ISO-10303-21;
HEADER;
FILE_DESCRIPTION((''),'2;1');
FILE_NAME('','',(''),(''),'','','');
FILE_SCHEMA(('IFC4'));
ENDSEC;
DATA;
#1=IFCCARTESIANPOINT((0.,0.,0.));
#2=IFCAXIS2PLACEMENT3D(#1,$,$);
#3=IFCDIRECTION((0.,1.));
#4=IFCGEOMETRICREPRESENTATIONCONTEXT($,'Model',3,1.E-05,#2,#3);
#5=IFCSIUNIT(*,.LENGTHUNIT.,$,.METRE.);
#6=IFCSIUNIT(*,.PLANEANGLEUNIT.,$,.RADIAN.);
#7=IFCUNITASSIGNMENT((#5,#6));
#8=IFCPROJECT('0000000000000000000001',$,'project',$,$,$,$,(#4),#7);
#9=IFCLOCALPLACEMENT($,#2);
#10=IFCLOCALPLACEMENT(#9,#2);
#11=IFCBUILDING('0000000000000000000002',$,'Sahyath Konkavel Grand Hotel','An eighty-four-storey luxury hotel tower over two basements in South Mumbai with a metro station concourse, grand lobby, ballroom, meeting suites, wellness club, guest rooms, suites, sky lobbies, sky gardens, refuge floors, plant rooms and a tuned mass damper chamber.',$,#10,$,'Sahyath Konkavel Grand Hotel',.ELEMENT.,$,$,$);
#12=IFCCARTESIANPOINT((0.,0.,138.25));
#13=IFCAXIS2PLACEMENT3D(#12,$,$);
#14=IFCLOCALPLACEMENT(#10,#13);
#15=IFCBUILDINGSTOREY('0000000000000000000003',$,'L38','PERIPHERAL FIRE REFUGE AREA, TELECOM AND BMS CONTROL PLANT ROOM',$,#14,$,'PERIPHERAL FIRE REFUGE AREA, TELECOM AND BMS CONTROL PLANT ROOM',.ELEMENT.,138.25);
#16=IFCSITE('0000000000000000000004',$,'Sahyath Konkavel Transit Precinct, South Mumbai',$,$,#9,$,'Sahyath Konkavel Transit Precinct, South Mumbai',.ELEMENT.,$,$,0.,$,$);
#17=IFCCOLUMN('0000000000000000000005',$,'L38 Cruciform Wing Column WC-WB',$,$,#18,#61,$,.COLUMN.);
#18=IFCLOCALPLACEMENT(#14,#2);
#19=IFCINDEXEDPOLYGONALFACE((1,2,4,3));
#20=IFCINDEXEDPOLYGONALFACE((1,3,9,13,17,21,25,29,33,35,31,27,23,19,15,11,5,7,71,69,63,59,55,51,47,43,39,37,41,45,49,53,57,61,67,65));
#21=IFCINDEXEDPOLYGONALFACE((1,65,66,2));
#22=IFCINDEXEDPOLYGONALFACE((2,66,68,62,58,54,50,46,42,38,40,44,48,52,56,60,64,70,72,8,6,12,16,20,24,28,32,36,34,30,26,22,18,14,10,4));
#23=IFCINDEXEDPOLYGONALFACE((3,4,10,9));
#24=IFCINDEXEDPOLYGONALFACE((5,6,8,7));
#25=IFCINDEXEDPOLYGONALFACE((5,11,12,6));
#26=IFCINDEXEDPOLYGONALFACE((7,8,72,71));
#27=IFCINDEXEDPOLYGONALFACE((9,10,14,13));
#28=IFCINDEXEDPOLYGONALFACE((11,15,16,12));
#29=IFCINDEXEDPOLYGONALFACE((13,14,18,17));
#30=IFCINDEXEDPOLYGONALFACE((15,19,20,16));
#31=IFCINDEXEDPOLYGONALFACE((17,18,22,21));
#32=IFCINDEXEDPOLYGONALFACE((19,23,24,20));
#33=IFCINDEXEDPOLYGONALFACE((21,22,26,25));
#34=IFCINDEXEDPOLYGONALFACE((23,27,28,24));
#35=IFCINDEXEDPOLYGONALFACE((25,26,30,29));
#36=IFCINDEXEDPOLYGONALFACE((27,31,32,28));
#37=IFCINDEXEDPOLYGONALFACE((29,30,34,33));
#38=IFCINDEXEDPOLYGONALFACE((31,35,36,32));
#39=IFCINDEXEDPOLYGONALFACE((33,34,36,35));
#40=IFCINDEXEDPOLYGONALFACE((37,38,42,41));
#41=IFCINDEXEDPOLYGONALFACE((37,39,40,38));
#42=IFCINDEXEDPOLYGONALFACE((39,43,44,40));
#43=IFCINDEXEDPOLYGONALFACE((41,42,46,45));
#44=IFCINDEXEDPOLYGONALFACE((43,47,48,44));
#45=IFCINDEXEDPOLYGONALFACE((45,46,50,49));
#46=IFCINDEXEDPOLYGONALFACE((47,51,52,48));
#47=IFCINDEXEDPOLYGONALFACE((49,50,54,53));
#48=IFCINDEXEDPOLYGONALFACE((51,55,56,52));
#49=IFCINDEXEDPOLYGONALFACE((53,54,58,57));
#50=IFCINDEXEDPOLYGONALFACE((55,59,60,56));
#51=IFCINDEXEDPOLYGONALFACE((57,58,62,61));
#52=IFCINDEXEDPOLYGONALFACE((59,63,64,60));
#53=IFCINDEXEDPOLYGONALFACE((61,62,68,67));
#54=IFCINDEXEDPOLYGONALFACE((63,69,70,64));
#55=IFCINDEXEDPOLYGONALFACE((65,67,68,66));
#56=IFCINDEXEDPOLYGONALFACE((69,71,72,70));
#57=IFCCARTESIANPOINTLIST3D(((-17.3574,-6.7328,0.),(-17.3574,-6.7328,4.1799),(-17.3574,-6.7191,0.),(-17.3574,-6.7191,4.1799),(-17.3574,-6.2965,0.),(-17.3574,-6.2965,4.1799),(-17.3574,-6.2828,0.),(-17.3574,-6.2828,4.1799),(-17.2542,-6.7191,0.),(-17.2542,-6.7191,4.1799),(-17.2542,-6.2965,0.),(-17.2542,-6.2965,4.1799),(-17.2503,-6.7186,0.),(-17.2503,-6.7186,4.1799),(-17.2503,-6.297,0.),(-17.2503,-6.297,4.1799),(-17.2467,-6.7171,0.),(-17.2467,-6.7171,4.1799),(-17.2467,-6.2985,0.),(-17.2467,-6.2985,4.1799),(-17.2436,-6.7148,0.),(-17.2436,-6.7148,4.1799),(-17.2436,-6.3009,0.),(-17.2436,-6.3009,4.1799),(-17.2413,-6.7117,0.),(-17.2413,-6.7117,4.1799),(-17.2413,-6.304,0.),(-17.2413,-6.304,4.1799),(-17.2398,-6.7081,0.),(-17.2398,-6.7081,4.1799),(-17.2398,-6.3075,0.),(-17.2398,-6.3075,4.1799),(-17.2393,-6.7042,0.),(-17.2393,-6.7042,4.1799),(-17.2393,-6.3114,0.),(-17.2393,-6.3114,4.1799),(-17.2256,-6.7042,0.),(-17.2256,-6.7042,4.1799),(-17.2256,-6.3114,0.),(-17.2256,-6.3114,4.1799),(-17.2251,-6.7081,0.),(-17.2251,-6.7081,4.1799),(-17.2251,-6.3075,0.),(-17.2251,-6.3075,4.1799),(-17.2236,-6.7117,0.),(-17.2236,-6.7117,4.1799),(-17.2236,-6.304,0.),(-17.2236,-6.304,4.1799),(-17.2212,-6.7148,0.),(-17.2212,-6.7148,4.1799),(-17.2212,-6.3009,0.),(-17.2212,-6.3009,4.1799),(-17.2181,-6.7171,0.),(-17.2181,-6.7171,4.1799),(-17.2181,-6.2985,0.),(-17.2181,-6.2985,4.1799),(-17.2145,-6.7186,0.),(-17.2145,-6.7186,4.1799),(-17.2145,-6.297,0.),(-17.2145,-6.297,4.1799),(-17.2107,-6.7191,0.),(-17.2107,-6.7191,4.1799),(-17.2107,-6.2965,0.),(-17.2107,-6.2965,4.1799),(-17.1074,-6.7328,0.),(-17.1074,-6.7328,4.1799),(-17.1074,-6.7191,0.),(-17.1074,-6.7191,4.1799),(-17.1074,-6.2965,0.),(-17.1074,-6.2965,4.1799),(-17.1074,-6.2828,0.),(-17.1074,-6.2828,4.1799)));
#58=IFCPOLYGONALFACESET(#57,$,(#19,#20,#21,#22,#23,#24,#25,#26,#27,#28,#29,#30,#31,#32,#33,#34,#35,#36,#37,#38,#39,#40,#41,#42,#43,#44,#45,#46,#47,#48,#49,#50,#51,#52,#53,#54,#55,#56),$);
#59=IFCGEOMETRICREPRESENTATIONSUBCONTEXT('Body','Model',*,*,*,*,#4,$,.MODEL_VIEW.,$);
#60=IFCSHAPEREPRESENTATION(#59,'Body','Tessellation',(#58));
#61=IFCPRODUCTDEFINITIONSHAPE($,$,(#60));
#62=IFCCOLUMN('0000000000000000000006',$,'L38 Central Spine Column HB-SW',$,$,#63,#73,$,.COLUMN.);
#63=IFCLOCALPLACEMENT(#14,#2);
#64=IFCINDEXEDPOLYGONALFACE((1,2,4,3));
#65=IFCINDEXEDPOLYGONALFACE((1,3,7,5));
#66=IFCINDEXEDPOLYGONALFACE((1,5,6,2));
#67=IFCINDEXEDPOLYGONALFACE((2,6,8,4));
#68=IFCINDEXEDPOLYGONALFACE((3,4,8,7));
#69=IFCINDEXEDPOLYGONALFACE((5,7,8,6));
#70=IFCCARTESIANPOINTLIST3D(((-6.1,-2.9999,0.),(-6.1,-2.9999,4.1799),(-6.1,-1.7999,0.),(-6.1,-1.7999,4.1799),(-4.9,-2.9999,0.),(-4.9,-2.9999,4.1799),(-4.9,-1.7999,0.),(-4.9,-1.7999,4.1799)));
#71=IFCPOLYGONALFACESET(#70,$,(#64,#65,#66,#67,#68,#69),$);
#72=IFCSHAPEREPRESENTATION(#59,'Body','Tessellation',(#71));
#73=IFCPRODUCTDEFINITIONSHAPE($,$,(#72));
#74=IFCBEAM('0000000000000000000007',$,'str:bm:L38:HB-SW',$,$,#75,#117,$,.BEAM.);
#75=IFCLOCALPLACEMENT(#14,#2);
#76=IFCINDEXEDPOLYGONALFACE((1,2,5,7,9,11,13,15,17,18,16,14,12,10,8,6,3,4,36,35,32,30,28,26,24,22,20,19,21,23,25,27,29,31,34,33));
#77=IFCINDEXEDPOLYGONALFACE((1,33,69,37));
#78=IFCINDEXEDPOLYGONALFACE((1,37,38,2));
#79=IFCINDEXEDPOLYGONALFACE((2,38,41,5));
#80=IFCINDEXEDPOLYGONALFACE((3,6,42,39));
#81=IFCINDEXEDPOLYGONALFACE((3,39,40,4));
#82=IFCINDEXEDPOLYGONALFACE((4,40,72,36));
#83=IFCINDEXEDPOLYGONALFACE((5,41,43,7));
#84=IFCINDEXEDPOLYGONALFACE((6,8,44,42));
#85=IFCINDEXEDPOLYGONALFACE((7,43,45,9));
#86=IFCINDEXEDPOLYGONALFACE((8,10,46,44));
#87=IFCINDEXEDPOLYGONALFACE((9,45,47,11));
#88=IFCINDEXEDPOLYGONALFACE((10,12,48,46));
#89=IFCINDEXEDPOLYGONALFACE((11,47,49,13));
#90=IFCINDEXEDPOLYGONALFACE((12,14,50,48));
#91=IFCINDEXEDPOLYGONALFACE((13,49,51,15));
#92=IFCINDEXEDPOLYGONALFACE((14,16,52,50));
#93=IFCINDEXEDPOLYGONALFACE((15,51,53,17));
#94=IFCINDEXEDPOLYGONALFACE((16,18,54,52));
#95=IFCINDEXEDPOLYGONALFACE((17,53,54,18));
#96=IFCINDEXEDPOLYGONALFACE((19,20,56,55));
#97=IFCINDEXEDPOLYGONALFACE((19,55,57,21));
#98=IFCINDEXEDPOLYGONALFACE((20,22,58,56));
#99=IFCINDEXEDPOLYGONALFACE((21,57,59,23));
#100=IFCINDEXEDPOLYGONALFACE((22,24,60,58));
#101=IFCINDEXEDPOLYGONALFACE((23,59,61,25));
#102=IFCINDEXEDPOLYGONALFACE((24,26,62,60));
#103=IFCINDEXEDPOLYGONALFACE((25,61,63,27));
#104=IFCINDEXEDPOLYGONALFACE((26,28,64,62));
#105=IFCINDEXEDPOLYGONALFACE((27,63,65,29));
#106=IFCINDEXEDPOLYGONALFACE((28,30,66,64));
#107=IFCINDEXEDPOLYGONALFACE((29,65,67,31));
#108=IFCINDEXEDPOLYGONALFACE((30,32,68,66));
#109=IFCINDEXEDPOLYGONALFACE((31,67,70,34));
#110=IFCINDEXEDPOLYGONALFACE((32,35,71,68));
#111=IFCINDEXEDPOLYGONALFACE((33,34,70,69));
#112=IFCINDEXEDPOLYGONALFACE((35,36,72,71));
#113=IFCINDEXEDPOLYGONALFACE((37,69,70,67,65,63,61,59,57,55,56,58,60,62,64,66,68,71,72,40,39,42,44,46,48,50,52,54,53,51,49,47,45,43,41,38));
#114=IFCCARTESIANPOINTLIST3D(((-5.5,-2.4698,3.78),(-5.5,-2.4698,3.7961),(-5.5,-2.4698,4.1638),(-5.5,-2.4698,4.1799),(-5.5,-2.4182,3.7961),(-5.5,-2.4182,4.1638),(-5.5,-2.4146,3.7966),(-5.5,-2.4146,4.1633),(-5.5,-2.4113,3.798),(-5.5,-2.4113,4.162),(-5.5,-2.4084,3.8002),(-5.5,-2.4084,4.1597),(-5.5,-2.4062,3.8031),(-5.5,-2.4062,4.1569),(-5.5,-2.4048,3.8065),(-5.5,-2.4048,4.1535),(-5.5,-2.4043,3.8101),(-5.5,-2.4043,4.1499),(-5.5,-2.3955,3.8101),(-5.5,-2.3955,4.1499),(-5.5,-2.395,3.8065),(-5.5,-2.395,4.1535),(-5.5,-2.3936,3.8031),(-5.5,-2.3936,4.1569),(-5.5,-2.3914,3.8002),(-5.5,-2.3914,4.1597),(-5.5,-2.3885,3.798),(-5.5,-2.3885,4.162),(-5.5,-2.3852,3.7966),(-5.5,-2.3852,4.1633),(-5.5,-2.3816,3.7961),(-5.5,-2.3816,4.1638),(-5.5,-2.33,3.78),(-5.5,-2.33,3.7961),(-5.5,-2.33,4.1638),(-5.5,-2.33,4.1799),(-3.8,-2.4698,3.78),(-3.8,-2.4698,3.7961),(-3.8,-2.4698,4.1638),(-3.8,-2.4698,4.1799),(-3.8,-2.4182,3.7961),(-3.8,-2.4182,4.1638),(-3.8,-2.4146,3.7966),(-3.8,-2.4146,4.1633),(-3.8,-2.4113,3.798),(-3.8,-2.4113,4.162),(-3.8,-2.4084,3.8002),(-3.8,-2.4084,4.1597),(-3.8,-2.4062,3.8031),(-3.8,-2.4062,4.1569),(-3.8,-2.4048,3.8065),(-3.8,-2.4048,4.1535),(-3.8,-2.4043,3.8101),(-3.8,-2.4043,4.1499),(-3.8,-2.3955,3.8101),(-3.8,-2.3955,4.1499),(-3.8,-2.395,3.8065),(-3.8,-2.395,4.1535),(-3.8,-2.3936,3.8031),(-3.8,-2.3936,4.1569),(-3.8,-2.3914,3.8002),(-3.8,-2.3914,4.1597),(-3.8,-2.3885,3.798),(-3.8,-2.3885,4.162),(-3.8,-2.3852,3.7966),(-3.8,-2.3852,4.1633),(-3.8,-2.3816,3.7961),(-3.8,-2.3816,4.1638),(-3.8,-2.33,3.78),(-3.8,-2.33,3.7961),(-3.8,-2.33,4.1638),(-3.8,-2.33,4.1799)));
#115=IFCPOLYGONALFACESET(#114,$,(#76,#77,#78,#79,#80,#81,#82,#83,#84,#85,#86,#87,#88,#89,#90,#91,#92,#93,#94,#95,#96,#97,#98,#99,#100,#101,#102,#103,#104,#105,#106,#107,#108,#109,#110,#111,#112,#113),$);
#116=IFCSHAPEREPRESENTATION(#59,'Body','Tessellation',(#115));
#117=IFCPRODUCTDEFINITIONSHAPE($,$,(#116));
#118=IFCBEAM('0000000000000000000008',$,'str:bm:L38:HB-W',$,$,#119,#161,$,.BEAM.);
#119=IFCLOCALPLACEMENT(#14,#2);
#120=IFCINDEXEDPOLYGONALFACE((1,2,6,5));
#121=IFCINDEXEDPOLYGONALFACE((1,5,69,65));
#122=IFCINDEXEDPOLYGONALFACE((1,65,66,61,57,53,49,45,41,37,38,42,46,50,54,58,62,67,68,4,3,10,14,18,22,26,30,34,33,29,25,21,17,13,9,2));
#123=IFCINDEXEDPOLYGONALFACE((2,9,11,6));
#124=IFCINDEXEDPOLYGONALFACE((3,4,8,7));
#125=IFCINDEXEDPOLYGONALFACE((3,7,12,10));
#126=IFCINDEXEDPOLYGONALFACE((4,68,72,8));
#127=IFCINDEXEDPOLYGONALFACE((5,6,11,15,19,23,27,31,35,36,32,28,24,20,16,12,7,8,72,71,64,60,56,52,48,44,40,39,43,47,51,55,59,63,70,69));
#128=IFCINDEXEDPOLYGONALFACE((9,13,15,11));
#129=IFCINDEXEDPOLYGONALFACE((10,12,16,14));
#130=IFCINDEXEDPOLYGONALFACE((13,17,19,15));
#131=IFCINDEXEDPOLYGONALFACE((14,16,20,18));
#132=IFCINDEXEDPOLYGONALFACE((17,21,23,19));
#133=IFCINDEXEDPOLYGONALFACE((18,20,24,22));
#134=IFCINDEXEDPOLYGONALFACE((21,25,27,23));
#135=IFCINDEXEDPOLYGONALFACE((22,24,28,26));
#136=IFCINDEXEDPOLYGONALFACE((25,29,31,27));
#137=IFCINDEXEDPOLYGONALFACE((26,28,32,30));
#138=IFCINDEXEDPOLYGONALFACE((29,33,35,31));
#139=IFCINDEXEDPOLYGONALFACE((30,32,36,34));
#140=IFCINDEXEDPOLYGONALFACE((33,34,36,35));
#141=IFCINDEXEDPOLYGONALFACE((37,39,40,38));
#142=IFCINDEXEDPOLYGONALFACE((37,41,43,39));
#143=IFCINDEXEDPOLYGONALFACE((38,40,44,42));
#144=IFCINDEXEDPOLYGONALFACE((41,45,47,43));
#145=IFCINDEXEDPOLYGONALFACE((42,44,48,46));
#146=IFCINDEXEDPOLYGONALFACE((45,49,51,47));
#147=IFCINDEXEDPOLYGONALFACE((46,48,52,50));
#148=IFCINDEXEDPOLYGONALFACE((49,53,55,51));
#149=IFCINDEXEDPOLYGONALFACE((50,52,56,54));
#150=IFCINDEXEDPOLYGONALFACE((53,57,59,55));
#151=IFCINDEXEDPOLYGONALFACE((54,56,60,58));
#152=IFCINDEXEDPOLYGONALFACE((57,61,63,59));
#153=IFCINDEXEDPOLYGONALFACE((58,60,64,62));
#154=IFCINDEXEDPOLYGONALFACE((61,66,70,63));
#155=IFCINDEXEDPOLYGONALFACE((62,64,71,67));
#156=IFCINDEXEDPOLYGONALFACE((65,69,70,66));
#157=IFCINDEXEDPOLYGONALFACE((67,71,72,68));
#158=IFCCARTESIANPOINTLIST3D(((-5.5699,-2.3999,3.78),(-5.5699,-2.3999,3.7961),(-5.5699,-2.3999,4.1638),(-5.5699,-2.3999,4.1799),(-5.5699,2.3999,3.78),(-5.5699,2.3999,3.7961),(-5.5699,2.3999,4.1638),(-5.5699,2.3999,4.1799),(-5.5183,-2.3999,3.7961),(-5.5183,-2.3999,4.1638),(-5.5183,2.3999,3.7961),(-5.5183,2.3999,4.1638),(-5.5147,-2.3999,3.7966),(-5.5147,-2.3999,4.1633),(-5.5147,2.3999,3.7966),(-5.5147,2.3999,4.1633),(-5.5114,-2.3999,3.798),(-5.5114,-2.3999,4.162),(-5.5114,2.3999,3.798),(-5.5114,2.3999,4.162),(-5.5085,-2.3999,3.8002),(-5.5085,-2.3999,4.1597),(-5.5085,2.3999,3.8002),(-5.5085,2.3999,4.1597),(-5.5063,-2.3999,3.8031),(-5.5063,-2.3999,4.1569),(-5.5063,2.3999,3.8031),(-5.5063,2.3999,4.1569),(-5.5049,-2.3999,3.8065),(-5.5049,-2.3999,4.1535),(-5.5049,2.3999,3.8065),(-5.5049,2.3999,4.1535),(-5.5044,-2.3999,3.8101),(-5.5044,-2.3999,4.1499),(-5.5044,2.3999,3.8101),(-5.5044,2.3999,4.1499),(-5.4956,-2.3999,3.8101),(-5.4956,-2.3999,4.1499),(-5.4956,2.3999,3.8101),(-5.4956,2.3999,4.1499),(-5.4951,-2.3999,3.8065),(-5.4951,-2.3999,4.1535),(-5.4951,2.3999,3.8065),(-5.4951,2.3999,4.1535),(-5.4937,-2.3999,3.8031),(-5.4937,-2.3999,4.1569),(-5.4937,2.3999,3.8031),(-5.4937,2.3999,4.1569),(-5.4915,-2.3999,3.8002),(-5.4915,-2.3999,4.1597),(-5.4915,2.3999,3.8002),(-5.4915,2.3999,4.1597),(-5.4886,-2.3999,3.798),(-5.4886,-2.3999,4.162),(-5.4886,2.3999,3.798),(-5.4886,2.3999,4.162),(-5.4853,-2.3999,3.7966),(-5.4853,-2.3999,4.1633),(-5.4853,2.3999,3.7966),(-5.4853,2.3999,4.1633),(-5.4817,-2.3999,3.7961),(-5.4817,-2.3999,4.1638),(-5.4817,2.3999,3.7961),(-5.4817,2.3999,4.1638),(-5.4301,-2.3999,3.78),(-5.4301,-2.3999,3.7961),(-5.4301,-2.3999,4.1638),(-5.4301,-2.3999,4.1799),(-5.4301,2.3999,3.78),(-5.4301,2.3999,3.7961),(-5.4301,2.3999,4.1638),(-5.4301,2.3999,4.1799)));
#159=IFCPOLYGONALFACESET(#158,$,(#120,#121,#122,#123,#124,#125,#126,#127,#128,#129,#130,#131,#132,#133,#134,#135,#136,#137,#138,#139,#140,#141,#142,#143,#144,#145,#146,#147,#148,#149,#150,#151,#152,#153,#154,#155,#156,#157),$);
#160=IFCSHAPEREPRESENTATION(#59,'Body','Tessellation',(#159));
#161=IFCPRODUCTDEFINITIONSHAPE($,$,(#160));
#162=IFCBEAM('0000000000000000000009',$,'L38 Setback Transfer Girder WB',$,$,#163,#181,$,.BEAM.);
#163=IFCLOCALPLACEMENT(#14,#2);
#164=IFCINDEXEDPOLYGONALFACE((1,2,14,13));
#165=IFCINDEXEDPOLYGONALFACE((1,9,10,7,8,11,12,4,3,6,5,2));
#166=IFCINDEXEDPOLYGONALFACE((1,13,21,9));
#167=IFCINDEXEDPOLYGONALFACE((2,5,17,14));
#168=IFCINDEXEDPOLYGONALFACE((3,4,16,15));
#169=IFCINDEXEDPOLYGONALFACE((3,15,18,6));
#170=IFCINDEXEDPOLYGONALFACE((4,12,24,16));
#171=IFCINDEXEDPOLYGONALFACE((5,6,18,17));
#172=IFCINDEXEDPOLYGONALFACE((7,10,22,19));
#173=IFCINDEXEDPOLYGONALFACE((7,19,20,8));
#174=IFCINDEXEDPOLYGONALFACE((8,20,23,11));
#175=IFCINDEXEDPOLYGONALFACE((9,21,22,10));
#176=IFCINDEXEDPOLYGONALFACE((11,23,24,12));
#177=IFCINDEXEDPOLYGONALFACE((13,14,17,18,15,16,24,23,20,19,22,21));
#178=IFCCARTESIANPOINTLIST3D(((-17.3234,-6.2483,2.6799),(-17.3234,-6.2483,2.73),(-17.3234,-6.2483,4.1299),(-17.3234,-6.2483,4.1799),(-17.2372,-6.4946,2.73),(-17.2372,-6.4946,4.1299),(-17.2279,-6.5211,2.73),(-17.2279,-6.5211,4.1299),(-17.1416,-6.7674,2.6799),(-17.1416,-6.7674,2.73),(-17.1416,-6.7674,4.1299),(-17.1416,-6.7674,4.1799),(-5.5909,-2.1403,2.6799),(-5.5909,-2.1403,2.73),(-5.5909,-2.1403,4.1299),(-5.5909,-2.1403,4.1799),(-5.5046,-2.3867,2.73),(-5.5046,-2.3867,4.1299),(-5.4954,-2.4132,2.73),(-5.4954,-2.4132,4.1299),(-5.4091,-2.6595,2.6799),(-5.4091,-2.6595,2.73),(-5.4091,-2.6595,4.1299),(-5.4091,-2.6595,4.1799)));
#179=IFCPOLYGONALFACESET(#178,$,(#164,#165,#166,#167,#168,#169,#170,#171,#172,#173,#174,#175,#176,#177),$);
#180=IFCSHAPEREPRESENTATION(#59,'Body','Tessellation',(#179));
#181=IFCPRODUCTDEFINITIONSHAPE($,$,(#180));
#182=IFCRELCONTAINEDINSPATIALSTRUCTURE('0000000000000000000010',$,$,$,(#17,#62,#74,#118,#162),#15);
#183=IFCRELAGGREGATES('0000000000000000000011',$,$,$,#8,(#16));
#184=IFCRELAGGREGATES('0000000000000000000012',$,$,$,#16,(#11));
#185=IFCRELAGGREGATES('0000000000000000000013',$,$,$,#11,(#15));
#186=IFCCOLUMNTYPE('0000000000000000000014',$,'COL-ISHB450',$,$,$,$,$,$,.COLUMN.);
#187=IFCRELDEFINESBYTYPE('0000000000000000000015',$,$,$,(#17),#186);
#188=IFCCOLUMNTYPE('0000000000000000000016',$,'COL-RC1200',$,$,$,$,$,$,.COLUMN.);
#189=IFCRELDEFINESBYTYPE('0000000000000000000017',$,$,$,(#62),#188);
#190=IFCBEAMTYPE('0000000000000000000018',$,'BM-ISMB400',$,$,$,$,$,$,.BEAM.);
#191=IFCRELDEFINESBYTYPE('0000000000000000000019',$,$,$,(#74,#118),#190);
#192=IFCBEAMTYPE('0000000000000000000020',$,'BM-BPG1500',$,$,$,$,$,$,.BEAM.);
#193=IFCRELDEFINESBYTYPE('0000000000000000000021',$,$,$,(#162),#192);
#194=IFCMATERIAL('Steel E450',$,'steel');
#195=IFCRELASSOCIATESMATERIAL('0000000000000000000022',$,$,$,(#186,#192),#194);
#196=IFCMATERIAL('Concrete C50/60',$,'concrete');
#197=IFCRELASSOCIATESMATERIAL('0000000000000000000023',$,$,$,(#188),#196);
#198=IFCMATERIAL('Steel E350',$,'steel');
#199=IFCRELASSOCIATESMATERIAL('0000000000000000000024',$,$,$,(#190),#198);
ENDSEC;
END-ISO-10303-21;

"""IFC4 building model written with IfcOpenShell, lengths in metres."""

from ifc_helpers import new_model, si_unit, direction, frame, origin, origin_2d, place, context, subcontext, project, spatial, rectangle, i_section, extrude, source, transform, mapped, material, material_profile, profile_set, type_object, element, save


model = new_model("IFC4")

# Units and contexts
model_context = context("Model", 3, precision=1e-05, world=origin(), true_north=direction((0.0, 1.0)))
body_context = subcontext(model_context, "Body", "Model", "MODEL_VIEW")
ifc_project = project(units=[si_unit("LENGTHUNIT", "METRE"), si_unit("PLANEANGLEUNIT", "RADIAN")], contexts=[model_context])

# Site, building, storey
site_placement = place(None, origin())
site = spatial("IfcSite", under=ifc_project, at=site_placement, Name="Sahyath Konkavel Transit Precinct, South Mumbai", LongName="Sahyath Konkavel Transit Precinct, South Mumbai", CompositionType="ELEMENT", RefElevation=0.0)
building_placement = place(site_placement, origin())
building = spatial("IfcBuilding", under=site, at=building_placement, Name="Sahyath Konkavel Grand Hotel", Description="An eighty-four-storey luxury hotel tower over two basements in South Mumbai with a metro station concourse, grand lobby, ballroom, meeting suites, wellness club, guest rooms, suites, sky lobbies, sky gardens, refuge floors, plant rooms and a tuned mass damper chamber.", LongName="Sahyath Konkavel Grand Hotel", CompositionType="ELEMENT")
storey_placement = place(building_placement, frame((0.0, 0.0, 138.25)))
storey = spatial("IfcBuildingStorey", under=building, at=storey_placement, Name="L38", Description="PERIPHERAL FIRE REFUGE AREA, TELECOM AND BMS CONTROL PLANT ROOM", LongName="PERIPHERAL FIRE REFUGE AREA, TELECOM AND BMS CONTROL PLANT ROOM", CompositionType="ELEMENT", Elevation=138.25)

# Columns
ifc_material_1 = material(Name="Steel E450", Category="steel")
ifc_material_profile_1 = material_profile(ifc_material_1, i_section(OverallWidth=0.25, OverallDepth=0.45, WebThickness=0.0137, FlangeThickness=0.0137, FilletRadius=0.0149, at=origin_2d()), Name="ISHB 450")
ifc_profile_set_1 = profile_set([ifc_material_profile_1], Name="Steel E450")
column_type_1 = type_object("IfcColumnType", Name="COL-ISHB450", PredefinedType="COLUMN", material=ifc_profile_set_1)
shared_shape_1 = source(origin(), body_context, "Body", "SweptSolid", [
    extrude(i_section(OverallWidth=0.25, OverallDepth=0.45, WebThickness=0.0137, FlangeThickness=0.0137, FilletRadius=0.0149, at=origin_2d()), origin(), (0.0, 0.0, 1.0), 4.1799),
])
column_1_placement = place(storey_placement, frame((-17.2324, -6.5078, 0.0), z_axis=(0.0, 0.0, 1.0), x_axis=(1.0, 0.0, 0.0)))
element("IfcColumn", 1, at=column_1_placement, inside=storey, type_object=column_type_1, Name="L38 Cruciform Wing Column WC-WB", PredefinedType="COLUMN", context=body_context, shape_type="MappedRepresentation", body=[
    mapped(shared_shape_1, transform((0.0, 0.0, 0.0), scale=1.0)),
])
ifc_material_2 = material(Name="Concrete C50/60", Category="concrete")
ifc_material_profile_2 = material_profile(ifc_material_2, rectangle(XDim=1.2, YDim=1.2, at=origin_2d()), Name="RC 1200x1200")
ifc_profile_set_2 = profile_set([ifc_material_profile_2], Name="Concrete C50/60")
column_type_2 = type_object("IfcColumnType", Name="COL-RC1200", PredefinedType="COLUMN", material=ifc_profile_set_2)
shared_shape_2 = source(origin(), body_context, "Body", "SweptSolid", [
    extrude(rectangle(XDim=1.2, YDim=1.2, at=origin_2d()), origin(), (0.0, 0.0, 1.0), 4.1799),
])
column_2_placement = place(storey_placement, frame((-5.5, -2.3999, 0.0), z_axis=(0.0, 0.0, 1.0), x_axis=(1.0, 0.0, 0.0)))
element("IfcColumn", 2, at=column_2_placement, inside=storey, type_object=column_type_2, Name="L38 Central Spine Column HB-SW", PredefinedType="COLUMN", context=body_context, shape_type="MappedRepresentation", body=[
    mapped(shared_shape_2, transform((0.0, 0.0, 0.0), scale=1.0)),
])

# Beams
ifc_material_3 = material(Name="Steel E350", Category="steel")
ifc_material_profile_3 = material_profile(ifc_material_3, i_section(OverallWidth=0.1399, OverallDepth=0.3999, WebThickness=0.0088, FlangeThickness=0.0161, FilletRadius=0.0139, at=origin_2d()), Name="ISMB 400")
ifc_profile_set_3 = profile_set([ifc_material_profile_3], Name="Steel E350")
beam_type_1 = type_object("IfcBeamType", Name="BM-ISMB400", PredefinedType="BEAM", material=ifc_profile_set_3)
shared_shape_3 = source(origin(), body_context, "Body", "SweptSolid", [
    extrude(i_section(OverallWidth=0.1399, OverallDepth=0.3999, WebThickness=0.0088, FlangeThickness=0.0161, FilletRadius=0.0139, at=origin_2d()), origin(), (0.0, 0.0, 1.0), 1.7),
])
beam_1_placement = place(storey_placement, frame((-5.5, -2.3999, 3.98), z_axis=(1.0, 0.0, 0.0), x_axis=(0.0, 1.0, 0.0)))
element("IfcBeam", 3, at=beam_1_placement, inside=storey, type_object=beam_type_1, Name="str:bm:L38:HB-SW", PredefinedType="BEAM", context=body_context, shape_type="MappedRepresentation", body=[
    mapped(shared_shape_3, transform((0.0, 0.0, 0.0), scale=1.0)),
])
shared_shape_4 = source(origin(), body_context, "Body", "SweptSolid", [
    extrude(i_section(OverallWidth=0.1399, OverallDepth=0.3999, WebThickness=0.0088, FlangeThickness=0.0161, FilletRadius=0.0139, at=origin_2d()), origin(), (0.0, 0.0, 1.0), 4.7998),
])
beam_2_placement = place(storey_placement, frame((-5.5, -2.3999, 3.98), z_axis=(0.0, 1.0, 0.0), x_axis=(-1.0, 0.0, 0.0)))
element("IfcBeam", 4, at=beam_2_placement, inside=storey, type_object=beam_type_1, Name="str:bm:L38:HB-W", PredefinedType="BEAM", context=body_context, shape_type="MappedRepresentation", body=[
    mapped(shared_shape_4, transform((0.0, 0.0, 0.0), scale=1.0)),
])
ifc_material_profile_4 = material_profile(ifc_material_1, i_section(OverallWidth=0.55, OverallDepth=1.5, WebThickness=0.0281, FlangeThickness=0.05, at=origin_2d()), Name="BPG 1500x550")
ifc_profile_set_4 = profile_set([ifc_material_profile_4], Name="Steel E450")
beam_type_2 = type_object("IfcBeamType", Name="BM-BPG1500", PredefinedType="BEAM", material=ifc_profile_set_4)
shared_shape_5 = source(origin(), body_context, "Body", "SweptSolid", [
    extrude(i_section(OverallWidth=0.55, OverallDepth=1.5, WebThickness=0.0281, FlangeThickness=0.05, at=origin_2d()), origin(), (0.0, 0.0, 1.0), 12.4309),
])
beam_3_placement = place(storey_placement, frame((-5.5, -2.3999, 3.4299), z_axis=(-0.943819, -0.330462, 0.0), x_axis=(0.330462, -0.943819, 0.0)))
element("IfcBeam", 5, at=beam_3_placement, inside=storey, type_object=beam_type_2, Name="L38 Setback Transfer Girder WB", PredefinedType="BEAM", context=body_context, shape_type="MappedRepresentation", body=[
    mapped(shared_shape_5, transform((0.0, 0.0, 0.0), scale=1.0)),
])

save(model, "model.ifc")
